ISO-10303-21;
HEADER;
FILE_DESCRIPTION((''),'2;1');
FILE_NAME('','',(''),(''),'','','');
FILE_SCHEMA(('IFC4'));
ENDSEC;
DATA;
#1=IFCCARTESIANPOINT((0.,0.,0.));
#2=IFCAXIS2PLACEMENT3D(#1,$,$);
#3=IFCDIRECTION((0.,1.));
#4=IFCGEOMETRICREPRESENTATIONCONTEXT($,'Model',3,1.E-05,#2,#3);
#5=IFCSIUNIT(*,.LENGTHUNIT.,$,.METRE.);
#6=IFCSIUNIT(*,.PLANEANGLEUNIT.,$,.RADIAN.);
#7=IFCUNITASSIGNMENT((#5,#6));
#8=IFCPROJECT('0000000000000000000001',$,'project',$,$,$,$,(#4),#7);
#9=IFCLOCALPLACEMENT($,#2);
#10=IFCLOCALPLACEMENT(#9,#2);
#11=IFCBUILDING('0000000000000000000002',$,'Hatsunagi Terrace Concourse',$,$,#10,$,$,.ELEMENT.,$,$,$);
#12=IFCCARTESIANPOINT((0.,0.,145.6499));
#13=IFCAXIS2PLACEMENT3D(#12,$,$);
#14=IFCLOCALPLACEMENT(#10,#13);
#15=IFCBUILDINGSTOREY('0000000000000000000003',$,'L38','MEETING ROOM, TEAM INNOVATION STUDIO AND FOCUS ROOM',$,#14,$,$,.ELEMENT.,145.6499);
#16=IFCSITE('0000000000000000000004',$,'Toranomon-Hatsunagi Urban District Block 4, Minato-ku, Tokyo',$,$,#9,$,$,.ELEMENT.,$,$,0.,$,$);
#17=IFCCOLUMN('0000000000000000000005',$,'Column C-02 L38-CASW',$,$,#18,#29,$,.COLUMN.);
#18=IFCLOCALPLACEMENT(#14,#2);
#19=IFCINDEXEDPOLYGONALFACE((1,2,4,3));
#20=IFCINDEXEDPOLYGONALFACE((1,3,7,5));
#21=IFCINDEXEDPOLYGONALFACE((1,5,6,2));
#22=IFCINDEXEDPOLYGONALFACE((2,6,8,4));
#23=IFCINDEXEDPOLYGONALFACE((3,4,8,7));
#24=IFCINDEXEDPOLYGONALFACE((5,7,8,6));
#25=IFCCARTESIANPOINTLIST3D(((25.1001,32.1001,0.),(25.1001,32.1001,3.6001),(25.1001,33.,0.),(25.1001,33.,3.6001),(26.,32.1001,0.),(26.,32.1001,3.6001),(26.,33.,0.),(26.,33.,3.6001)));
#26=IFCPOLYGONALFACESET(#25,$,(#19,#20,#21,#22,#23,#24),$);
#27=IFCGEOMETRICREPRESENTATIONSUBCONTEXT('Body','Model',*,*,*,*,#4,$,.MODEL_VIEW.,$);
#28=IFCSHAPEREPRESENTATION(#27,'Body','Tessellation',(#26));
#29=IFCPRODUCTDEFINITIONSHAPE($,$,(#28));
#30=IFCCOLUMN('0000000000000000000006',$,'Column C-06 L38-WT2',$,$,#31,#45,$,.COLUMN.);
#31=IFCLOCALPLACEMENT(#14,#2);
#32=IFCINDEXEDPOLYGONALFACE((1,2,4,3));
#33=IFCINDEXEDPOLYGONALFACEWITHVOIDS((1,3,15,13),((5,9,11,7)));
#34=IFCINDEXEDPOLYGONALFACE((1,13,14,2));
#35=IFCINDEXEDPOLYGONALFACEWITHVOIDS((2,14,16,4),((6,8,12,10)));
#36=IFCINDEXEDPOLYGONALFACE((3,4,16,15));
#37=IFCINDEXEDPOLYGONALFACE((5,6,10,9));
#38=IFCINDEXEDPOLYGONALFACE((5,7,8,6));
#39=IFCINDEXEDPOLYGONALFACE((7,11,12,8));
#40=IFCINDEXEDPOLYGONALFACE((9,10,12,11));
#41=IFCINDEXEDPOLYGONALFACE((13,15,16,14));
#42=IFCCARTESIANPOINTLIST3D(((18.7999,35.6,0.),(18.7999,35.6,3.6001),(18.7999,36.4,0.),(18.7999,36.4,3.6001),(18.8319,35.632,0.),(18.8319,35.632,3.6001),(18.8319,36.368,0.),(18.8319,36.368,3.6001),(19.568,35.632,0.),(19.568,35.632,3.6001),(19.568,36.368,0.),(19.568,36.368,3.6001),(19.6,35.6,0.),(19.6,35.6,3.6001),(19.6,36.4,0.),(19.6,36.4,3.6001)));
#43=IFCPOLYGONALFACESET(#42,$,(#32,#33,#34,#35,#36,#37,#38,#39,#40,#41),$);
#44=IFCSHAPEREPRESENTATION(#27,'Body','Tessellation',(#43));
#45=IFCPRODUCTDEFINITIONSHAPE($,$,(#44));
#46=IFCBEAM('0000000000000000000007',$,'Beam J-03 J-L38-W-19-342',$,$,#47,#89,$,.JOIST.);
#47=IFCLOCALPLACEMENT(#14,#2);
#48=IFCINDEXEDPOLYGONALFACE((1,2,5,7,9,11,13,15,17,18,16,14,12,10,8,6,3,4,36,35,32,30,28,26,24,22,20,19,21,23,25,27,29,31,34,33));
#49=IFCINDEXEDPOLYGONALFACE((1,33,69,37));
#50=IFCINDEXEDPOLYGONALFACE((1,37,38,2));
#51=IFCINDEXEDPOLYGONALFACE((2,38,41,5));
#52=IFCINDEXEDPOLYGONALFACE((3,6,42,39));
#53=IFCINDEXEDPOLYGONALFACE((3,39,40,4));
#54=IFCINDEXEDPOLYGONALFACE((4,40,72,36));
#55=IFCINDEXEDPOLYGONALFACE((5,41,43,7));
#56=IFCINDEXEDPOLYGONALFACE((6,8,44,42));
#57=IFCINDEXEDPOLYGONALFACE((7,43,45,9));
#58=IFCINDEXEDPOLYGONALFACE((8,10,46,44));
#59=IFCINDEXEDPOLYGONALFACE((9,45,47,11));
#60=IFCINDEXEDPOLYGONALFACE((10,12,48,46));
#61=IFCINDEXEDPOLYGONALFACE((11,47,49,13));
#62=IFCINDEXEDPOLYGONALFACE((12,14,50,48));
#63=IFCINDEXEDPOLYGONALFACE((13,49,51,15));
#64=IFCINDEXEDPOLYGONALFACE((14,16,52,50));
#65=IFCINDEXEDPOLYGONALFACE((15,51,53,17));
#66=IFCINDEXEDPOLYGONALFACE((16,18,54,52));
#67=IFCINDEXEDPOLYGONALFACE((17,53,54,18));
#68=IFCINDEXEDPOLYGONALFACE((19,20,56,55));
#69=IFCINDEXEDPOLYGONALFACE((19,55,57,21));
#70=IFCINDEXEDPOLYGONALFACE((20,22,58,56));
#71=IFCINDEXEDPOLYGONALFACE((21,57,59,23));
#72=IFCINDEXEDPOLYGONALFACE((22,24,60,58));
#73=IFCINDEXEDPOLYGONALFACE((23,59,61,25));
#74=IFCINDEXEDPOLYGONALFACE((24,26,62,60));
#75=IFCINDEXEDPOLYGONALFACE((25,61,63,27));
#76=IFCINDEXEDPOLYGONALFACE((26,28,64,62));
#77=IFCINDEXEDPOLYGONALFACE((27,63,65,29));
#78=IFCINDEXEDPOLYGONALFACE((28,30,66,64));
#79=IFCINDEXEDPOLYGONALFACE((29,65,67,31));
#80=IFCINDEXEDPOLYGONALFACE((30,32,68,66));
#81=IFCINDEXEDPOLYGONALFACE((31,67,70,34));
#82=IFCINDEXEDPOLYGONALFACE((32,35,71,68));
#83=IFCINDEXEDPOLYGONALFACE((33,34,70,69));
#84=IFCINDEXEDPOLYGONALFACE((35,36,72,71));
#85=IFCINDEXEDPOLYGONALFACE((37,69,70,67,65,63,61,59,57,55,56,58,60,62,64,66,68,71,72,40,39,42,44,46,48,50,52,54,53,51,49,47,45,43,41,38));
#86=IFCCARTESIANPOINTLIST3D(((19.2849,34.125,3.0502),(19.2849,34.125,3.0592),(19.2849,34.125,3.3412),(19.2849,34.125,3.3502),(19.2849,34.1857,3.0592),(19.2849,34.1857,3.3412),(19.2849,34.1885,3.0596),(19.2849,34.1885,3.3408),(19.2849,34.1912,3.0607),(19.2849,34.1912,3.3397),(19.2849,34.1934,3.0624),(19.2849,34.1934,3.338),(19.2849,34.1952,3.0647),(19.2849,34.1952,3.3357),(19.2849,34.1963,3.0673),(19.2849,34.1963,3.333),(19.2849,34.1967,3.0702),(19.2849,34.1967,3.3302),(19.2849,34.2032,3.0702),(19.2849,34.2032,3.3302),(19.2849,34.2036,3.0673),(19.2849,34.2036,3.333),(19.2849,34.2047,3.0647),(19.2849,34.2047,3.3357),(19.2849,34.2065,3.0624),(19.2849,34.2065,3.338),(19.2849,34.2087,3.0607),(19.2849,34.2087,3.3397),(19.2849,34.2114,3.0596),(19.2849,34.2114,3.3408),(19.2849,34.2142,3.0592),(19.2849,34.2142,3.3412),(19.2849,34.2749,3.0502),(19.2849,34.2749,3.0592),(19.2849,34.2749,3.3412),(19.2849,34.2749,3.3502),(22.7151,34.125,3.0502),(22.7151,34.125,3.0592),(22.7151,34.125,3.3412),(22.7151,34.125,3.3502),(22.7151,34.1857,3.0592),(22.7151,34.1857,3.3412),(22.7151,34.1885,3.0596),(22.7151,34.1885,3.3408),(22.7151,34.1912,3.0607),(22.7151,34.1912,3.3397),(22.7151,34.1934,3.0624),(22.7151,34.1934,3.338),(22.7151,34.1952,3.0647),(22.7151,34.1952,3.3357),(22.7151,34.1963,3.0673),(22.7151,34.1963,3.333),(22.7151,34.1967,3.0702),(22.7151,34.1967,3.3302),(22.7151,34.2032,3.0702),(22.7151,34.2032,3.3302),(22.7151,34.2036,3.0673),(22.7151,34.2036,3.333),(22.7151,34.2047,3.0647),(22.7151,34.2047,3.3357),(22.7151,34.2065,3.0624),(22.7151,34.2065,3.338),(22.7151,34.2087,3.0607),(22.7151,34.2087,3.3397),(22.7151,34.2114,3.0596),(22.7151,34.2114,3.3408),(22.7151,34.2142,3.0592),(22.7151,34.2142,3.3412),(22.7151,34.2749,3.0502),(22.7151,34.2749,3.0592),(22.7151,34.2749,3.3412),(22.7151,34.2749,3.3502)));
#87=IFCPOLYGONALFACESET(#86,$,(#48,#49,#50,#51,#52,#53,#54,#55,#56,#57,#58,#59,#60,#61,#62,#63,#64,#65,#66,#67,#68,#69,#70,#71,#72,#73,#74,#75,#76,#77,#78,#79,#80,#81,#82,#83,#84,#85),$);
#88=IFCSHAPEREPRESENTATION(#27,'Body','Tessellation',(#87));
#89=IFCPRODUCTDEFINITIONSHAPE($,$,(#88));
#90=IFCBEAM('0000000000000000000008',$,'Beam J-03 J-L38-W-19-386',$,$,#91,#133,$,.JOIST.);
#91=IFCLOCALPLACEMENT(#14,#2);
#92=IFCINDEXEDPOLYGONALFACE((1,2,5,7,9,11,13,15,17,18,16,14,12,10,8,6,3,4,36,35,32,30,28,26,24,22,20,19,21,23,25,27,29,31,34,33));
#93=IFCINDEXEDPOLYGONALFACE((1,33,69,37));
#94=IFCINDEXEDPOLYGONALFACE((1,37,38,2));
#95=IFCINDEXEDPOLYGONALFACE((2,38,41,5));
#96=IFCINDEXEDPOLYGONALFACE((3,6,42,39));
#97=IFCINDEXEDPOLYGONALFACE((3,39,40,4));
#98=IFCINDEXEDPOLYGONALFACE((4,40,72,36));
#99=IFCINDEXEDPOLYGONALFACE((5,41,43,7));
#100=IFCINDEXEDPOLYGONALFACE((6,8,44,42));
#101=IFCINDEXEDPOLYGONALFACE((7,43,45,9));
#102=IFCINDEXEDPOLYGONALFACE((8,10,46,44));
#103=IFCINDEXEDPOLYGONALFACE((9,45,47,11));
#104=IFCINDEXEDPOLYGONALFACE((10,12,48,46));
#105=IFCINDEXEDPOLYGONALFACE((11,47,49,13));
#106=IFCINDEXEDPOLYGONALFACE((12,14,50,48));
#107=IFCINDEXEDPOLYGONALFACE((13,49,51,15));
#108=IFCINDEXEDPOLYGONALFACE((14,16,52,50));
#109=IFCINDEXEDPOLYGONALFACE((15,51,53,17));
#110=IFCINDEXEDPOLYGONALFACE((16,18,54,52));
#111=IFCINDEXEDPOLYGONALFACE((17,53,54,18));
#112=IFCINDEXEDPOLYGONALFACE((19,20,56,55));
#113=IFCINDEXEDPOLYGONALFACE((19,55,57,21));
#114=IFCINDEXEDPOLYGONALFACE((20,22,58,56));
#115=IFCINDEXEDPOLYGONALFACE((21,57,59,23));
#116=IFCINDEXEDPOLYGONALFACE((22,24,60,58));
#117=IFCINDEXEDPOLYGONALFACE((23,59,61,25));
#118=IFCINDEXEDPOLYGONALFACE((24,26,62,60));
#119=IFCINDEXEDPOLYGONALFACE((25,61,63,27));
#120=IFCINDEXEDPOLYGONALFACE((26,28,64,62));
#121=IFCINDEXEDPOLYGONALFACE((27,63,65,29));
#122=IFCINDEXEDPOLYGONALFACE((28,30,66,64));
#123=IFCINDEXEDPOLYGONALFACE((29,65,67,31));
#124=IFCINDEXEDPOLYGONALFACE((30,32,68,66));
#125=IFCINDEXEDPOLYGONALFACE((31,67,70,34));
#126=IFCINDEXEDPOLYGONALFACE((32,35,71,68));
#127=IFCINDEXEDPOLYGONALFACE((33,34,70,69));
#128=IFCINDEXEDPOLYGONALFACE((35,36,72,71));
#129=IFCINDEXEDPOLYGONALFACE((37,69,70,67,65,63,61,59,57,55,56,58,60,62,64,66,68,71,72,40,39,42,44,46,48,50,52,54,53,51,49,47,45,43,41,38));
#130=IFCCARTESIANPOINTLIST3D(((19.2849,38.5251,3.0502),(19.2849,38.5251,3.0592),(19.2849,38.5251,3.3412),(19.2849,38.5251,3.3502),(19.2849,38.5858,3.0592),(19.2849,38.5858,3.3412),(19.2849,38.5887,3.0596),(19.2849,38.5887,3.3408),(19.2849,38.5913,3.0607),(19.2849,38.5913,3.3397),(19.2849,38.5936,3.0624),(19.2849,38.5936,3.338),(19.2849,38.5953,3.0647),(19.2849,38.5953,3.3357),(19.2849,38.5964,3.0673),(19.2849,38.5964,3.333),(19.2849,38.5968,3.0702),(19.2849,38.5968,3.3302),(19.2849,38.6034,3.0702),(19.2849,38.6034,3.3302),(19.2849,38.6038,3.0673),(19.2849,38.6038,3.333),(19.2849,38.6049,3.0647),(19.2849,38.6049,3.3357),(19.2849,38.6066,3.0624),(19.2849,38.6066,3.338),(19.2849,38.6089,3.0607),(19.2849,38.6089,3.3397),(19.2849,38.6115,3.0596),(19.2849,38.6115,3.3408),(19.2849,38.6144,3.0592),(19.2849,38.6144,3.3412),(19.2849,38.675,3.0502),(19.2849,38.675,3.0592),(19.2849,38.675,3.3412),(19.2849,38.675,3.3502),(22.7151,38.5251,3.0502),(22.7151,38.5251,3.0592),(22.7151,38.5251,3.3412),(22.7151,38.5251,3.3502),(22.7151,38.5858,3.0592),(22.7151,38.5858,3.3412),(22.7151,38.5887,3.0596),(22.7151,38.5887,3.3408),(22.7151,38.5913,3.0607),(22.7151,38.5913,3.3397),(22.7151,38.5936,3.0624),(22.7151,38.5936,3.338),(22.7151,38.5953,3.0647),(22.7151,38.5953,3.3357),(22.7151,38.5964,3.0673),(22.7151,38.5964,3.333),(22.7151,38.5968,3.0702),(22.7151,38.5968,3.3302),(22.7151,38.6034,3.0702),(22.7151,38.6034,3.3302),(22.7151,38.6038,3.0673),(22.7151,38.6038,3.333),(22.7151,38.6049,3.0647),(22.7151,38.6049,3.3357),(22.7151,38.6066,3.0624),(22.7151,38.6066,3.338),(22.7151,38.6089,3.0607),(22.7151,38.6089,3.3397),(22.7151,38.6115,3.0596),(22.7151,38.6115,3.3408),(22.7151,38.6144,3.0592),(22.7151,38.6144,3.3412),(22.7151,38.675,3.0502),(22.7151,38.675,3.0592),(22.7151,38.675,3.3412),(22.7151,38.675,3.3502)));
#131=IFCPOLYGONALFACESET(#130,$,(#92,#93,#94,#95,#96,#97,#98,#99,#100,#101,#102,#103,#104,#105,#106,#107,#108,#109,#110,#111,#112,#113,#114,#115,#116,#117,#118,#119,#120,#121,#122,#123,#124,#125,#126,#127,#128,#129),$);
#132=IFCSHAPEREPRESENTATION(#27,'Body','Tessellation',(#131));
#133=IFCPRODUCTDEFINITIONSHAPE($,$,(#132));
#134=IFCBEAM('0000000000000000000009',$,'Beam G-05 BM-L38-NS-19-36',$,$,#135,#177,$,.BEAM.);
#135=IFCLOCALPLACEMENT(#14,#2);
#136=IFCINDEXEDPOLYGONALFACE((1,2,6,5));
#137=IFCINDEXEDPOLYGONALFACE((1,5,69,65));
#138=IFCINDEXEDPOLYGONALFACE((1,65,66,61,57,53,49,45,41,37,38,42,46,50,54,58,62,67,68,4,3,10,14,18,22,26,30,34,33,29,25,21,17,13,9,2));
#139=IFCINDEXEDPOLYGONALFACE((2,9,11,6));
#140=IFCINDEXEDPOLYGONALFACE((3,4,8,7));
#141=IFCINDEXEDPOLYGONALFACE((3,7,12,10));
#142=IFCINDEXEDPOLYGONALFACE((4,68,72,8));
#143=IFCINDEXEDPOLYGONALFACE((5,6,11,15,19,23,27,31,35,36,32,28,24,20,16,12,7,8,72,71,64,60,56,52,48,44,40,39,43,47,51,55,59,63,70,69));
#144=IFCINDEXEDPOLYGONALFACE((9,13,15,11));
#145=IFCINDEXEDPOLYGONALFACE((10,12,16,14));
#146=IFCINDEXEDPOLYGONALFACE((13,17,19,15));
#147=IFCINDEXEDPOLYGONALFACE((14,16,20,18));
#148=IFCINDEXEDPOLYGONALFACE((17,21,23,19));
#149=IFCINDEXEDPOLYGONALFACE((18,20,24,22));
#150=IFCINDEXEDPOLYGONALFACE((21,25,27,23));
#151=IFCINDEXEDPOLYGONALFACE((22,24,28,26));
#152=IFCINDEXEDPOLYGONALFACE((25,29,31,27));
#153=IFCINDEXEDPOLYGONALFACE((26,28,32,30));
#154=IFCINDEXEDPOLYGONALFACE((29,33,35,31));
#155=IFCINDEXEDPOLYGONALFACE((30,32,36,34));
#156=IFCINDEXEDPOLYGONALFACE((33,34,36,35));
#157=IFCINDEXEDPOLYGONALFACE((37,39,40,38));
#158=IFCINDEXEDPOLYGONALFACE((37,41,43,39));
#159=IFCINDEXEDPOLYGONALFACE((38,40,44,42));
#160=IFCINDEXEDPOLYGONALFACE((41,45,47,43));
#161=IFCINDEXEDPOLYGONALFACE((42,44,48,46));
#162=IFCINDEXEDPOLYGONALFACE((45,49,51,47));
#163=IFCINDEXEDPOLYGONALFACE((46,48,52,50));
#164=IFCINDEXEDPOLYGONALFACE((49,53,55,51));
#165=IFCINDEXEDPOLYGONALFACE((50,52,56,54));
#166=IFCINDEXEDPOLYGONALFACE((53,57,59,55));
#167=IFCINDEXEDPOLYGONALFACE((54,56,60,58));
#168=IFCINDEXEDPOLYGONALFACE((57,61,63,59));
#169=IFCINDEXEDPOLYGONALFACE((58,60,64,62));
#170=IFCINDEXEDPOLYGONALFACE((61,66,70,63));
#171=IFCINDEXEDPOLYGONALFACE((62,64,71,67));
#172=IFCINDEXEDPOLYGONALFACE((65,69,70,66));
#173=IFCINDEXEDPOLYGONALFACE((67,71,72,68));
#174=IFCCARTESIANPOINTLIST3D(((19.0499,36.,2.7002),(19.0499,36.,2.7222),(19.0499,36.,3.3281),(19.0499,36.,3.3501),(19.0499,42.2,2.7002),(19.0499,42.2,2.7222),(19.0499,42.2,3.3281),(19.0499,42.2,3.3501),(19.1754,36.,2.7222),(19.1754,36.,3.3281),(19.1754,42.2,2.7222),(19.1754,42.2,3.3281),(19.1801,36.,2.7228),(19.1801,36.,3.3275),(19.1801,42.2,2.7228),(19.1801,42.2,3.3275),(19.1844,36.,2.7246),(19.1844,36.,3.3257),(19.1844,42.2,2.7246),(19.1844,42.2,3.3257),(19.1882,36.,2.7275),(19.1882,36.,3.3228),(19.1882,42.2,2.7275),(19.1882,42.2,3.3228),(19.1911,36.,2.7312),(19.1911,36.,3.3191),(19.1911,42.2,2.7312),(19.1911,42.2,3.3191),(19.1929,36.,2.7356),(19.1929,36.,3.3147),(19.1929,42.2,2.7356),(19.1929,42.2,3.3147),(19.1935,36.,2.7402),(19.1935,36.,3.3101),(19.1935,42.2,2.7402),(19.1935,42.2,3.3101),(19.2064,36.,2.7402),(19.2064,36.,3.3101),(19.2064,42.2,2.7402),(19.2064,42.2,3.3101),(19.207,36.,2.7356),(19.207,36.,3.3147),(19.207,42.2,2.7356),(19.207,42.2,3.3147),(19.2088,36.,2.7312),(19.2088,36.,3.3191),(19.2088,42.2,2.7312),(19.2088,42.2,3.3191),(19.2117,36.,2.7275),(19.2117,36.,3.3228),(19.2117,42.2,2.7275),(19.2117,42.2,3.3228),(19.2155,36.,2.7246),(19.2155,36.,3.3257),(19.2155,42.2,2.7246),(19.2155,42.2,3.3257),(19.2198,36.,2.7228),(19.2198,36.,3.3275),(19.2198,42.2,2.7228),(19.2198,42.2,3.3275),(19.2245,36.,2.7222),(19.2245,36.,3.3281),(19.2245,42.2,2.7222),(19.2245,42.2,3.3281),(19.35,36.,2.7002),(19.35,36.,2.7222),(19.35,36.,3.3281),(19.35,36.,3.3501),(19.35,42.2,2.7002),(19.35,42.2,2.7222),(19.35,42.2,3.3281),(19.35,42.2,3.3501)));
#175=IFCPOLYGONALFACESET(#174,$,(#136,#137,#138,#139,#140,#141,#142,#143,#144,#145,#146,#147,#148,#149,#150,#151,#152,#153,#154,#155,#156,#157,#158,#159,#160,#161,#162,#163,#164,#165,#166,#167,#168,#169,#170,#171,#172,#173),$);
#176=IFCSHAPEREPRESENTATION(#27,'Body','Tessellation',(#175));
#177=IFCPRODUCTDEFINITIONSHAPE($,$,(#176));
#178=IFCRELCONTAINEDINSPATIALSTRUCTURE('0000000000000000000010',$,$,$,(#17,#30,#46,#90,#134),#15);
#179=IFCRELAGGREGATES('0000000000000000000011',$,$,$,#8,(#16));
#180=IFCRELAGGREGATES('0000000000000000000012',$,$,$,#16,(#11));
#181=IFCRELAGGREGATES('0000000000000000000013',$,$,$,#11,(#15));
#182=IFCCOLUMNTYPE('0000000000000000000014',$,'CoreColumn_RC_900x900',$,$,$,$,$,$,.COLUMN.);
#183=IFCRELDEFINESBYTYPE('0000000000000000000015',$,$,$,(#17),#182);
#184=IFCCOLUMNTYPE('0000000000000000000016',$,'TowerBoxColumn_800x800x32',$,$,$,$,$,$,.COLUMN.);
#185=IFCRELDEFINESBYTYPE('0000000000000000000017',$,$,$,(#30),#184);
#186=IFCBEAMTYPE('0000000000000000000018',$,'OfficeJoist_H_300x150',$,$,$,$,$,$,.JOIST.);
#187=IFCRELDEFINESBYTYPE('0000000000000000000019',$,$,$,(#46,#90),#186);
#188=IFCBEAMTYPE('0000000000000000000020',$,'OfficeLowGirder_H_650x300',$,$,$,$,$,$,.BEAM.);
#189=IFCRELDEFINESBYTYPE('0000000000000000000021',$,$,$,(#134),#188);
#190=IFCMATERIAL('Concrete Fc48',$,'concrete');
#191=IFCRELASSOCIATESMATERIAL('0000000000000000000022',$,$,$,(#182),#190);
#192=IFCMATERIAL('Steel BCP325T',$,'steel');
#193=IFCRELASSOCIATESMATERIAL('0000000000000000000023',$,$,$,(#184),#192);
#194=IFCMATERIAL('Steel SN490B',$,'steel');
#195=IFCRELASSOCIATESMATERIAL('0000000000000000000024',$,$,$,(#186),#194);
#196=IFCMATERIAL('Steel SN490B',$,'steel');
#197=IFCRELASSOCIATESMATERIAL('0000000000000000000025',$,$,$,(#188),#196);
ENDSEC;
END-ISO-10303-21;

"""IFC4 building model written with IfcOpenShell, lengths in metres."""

from ifc_helpers import new_model, si_unit, direction, frame, origin, origin_2d, place, context, subcontext, project, spatial, rectangle, hollow_rectangle, i_section, extrude, material, material_profile, profile_set, type_object, element, save


model = new_model("IFC4")

# Units and contexts
model_context = context("Model", 3, precision=1e-05, world=origin(), true_north=direction((0.0, 1.0)))
body_context = subcontext(model_context, "Body", "Model", "MODEL_VIEW")
ifc_project = project(units=[si_unit("LENGTHUNIT", "METRE"), si_unit("PLANEANGLEUNIT", "RADIAN")], contexts=[model_context])

# Site, building, storey
site_placement = place(None, origin())
site = spatial("IfcSite", under=ifc_project, at=site_placement, Name="Toranomon-Hatsunagi Urban District Block 4, Minato-ku, Tokyo", CompositionType="ELEMENT", RefElevation=0.0)
building_placement = place(site_placement, origin())
building = spatial("IfcBuilding", under=site, at=building_placement, Name="Hatsunagi Terrace Concourse", CompositionType="ELEMENT")
storey_placement = place(building_placement, frame((0.0, 0.0, 145.6499)))
storey = spatial("IfcBuildingStorey", under=building, at=storey_placement, Name="L38", Description="MEETING ROOM, TEAM INNOVATION STUDIO AND FOCUS ROOM", CompositionType="ELEMENT", Elevation=145.6499)

# Columns
ifc_material_1 = material(Name="Concrete Fc48", Category="concrete")
ifc_material_profile_1 = material_profile(ifc_material_1, rectangle(XDim=0.8999, YDim=0.8999, at=origin_2d()), Name="RC-900x900")
ifc_profile_set_1 = profile_set([ifc_material_profile_1], Name="Concrete Fc48")
column_type_1 = type_object("IfcColumnType", Name="CoreColumn_RC_900x900", PredefinedType="COLUMN", material=ifc_profile_set_1)
column_1_placement = place(storey_placement, frame((25.55, 32.55, 0.0), z_axis=(0.0, 0.0, 1.0), x_axis=(1.0, 0.0, 0.0)))
element("IfcColumn", 1, at=column_1_placement, inside=storey, type_object=column_type_1, Name="Column C-02 L38-CASW", PredefinedType="COLUMN", context=body_context, shape_type="SweptSolid", body=[
    extrude(rectangle(XDim=0.8999, YDim=0.8999, at=origin_2d()), origin(), (0.0, 0.0, 1.0), 3.6001),
])
ifc_material_2 = material(Name="Steel BCP325T", Category="steel")
ifc_material_profile_2 = material_profile(ifc_material_2, hollow_rectangle(XDim=0.8, YDim=0.8, WallThickness=0.032, at=origin_2d()), Name="BCP-800x800x32")
ifc_profile_set_2 = profile_set([ifc_material_profile_2], Name="Steel BCP325T")
column_type_2 = type_object("IfcColumnType", Name="TowerBoxColumn_800x800x32", PredefinedType="COLUMN", material=ifc_profile_set_2)
column_2_placement = place(storey_placement, frame((19.2, 36.0, 0.0), z_axis=(0.0, 0.0, 1.0), x_axis=(1.0, 0.0, 0.0)))
element("IfcColumn", 2, at=column_2_placement, inside=storey, type_object=column_type_2, Name="Column C-06 L38-WT2", PredefinedType="COLUMN", context=body_context, shape_type="SweptSolid", body=[
    extrude(hollow_rectangle(XDim=0.8, YDim=0.8, WallThickness=0.032, at=origin_2d()), origin(), (0.0, 0.0, 1.0), 3.6001),
])

# Beams
ifc_material_3 = material(Name="Steel SN490B", Category="steel")
ifc_material_profile_3 = material_profile(ifc_material_3, i_section(OverallWidth=0.1499, OverallDepth=0.3, WebThickness=0.0066, FlangeThickness=0.009, FilletRadius=0.011, at=origin_2d()), Name="H-300x150x6.5x9")
ifc_profile_set_3 = profile_set([ifc_material_profile_3], Name="Steel SN490B")
beam_type_1 = type_object("IfcBeamType", Name="OfficeJoist_H_300x150", PredefinedType="JOIST", material=ifc_profile_set_3)
for number, where, z_axis, x_axis, name in (
    (3, (19.2849, 34.2, 3.2002), (1.0, 0.0, 0.0), (0.0, 1.0, 0.0), "Beam J-03 J-L38-W-19-342"),
    (4, (19.2849, 38.6001, 3.2002), (1.0, 0.0, 0.0), (0.0, 1.0, 0.0), "Beam J-03 J-L38-W-19-386"),
):
    element("IfcBeam", number, at=place(storey_placement, frame(where, z_axis=z_axis, x_axis=x_axis)), inside=storey, type_object=beam_type_1, Name=name, PredefinedType="JOIST", context=body_context, shape_type="SweptSolid", body=[
        extrude(i_section(OverallWidth=0.1499, OverallDepth=0.3, WebThickness=0.0066, FlangeThickness=0.009, FilletRadius=0.011, at=origin_2d()), origin(), (0.0, 0.0, 1.0), 3.4302),
    ])
ifc_material_4 = material(Name="Steel SN490B", Category="steel")
ifc_material_profile_4 = material_profile(ifc_material_4, i_section(OverallWidth=0.3, OverallDepth=0.6499, WebThickness=0.0129, FlangeThickness=0.022, FilletRadius=0.0181, at=origin_2d()), Name="H-650x300x13x22")
ifc_profile_set_4 = profile_set([ifc_material_profile_4], Name="Steel SN490B")
beam_type_2 = type_object("IfcBeamType", Name="OfficeLowGirder_H_650x300", PredefinedType="BEAM", material=ifc_profile_set_4)
beam_1_placement = place(storey_placement, frame((19.2, 36.0, 3.0251), z_axis=(0.0, 1.0, 0.0), x_axis=(-1.0, 0.0, 0.0)))
element("IfcBeam", 5, at=beam_1_placement, inside=storey, type_object=beam_type_2, Name="Beam G-05 BM-L38-NS-19-36", PredefinedType="BEAM", context=body_context, shape_type="SweptSolid", body=[
    extrude(i_section(OverallWidth=0.3, OverallDepth=0.6499, WebThickness=0.0129, FlangeThickness=0.022, FilletRadius=0.0181, at=origin_2d()), origin(), (0.0, 0.0, 1.0), 6.2),
])

save(model, "model.ifc")
